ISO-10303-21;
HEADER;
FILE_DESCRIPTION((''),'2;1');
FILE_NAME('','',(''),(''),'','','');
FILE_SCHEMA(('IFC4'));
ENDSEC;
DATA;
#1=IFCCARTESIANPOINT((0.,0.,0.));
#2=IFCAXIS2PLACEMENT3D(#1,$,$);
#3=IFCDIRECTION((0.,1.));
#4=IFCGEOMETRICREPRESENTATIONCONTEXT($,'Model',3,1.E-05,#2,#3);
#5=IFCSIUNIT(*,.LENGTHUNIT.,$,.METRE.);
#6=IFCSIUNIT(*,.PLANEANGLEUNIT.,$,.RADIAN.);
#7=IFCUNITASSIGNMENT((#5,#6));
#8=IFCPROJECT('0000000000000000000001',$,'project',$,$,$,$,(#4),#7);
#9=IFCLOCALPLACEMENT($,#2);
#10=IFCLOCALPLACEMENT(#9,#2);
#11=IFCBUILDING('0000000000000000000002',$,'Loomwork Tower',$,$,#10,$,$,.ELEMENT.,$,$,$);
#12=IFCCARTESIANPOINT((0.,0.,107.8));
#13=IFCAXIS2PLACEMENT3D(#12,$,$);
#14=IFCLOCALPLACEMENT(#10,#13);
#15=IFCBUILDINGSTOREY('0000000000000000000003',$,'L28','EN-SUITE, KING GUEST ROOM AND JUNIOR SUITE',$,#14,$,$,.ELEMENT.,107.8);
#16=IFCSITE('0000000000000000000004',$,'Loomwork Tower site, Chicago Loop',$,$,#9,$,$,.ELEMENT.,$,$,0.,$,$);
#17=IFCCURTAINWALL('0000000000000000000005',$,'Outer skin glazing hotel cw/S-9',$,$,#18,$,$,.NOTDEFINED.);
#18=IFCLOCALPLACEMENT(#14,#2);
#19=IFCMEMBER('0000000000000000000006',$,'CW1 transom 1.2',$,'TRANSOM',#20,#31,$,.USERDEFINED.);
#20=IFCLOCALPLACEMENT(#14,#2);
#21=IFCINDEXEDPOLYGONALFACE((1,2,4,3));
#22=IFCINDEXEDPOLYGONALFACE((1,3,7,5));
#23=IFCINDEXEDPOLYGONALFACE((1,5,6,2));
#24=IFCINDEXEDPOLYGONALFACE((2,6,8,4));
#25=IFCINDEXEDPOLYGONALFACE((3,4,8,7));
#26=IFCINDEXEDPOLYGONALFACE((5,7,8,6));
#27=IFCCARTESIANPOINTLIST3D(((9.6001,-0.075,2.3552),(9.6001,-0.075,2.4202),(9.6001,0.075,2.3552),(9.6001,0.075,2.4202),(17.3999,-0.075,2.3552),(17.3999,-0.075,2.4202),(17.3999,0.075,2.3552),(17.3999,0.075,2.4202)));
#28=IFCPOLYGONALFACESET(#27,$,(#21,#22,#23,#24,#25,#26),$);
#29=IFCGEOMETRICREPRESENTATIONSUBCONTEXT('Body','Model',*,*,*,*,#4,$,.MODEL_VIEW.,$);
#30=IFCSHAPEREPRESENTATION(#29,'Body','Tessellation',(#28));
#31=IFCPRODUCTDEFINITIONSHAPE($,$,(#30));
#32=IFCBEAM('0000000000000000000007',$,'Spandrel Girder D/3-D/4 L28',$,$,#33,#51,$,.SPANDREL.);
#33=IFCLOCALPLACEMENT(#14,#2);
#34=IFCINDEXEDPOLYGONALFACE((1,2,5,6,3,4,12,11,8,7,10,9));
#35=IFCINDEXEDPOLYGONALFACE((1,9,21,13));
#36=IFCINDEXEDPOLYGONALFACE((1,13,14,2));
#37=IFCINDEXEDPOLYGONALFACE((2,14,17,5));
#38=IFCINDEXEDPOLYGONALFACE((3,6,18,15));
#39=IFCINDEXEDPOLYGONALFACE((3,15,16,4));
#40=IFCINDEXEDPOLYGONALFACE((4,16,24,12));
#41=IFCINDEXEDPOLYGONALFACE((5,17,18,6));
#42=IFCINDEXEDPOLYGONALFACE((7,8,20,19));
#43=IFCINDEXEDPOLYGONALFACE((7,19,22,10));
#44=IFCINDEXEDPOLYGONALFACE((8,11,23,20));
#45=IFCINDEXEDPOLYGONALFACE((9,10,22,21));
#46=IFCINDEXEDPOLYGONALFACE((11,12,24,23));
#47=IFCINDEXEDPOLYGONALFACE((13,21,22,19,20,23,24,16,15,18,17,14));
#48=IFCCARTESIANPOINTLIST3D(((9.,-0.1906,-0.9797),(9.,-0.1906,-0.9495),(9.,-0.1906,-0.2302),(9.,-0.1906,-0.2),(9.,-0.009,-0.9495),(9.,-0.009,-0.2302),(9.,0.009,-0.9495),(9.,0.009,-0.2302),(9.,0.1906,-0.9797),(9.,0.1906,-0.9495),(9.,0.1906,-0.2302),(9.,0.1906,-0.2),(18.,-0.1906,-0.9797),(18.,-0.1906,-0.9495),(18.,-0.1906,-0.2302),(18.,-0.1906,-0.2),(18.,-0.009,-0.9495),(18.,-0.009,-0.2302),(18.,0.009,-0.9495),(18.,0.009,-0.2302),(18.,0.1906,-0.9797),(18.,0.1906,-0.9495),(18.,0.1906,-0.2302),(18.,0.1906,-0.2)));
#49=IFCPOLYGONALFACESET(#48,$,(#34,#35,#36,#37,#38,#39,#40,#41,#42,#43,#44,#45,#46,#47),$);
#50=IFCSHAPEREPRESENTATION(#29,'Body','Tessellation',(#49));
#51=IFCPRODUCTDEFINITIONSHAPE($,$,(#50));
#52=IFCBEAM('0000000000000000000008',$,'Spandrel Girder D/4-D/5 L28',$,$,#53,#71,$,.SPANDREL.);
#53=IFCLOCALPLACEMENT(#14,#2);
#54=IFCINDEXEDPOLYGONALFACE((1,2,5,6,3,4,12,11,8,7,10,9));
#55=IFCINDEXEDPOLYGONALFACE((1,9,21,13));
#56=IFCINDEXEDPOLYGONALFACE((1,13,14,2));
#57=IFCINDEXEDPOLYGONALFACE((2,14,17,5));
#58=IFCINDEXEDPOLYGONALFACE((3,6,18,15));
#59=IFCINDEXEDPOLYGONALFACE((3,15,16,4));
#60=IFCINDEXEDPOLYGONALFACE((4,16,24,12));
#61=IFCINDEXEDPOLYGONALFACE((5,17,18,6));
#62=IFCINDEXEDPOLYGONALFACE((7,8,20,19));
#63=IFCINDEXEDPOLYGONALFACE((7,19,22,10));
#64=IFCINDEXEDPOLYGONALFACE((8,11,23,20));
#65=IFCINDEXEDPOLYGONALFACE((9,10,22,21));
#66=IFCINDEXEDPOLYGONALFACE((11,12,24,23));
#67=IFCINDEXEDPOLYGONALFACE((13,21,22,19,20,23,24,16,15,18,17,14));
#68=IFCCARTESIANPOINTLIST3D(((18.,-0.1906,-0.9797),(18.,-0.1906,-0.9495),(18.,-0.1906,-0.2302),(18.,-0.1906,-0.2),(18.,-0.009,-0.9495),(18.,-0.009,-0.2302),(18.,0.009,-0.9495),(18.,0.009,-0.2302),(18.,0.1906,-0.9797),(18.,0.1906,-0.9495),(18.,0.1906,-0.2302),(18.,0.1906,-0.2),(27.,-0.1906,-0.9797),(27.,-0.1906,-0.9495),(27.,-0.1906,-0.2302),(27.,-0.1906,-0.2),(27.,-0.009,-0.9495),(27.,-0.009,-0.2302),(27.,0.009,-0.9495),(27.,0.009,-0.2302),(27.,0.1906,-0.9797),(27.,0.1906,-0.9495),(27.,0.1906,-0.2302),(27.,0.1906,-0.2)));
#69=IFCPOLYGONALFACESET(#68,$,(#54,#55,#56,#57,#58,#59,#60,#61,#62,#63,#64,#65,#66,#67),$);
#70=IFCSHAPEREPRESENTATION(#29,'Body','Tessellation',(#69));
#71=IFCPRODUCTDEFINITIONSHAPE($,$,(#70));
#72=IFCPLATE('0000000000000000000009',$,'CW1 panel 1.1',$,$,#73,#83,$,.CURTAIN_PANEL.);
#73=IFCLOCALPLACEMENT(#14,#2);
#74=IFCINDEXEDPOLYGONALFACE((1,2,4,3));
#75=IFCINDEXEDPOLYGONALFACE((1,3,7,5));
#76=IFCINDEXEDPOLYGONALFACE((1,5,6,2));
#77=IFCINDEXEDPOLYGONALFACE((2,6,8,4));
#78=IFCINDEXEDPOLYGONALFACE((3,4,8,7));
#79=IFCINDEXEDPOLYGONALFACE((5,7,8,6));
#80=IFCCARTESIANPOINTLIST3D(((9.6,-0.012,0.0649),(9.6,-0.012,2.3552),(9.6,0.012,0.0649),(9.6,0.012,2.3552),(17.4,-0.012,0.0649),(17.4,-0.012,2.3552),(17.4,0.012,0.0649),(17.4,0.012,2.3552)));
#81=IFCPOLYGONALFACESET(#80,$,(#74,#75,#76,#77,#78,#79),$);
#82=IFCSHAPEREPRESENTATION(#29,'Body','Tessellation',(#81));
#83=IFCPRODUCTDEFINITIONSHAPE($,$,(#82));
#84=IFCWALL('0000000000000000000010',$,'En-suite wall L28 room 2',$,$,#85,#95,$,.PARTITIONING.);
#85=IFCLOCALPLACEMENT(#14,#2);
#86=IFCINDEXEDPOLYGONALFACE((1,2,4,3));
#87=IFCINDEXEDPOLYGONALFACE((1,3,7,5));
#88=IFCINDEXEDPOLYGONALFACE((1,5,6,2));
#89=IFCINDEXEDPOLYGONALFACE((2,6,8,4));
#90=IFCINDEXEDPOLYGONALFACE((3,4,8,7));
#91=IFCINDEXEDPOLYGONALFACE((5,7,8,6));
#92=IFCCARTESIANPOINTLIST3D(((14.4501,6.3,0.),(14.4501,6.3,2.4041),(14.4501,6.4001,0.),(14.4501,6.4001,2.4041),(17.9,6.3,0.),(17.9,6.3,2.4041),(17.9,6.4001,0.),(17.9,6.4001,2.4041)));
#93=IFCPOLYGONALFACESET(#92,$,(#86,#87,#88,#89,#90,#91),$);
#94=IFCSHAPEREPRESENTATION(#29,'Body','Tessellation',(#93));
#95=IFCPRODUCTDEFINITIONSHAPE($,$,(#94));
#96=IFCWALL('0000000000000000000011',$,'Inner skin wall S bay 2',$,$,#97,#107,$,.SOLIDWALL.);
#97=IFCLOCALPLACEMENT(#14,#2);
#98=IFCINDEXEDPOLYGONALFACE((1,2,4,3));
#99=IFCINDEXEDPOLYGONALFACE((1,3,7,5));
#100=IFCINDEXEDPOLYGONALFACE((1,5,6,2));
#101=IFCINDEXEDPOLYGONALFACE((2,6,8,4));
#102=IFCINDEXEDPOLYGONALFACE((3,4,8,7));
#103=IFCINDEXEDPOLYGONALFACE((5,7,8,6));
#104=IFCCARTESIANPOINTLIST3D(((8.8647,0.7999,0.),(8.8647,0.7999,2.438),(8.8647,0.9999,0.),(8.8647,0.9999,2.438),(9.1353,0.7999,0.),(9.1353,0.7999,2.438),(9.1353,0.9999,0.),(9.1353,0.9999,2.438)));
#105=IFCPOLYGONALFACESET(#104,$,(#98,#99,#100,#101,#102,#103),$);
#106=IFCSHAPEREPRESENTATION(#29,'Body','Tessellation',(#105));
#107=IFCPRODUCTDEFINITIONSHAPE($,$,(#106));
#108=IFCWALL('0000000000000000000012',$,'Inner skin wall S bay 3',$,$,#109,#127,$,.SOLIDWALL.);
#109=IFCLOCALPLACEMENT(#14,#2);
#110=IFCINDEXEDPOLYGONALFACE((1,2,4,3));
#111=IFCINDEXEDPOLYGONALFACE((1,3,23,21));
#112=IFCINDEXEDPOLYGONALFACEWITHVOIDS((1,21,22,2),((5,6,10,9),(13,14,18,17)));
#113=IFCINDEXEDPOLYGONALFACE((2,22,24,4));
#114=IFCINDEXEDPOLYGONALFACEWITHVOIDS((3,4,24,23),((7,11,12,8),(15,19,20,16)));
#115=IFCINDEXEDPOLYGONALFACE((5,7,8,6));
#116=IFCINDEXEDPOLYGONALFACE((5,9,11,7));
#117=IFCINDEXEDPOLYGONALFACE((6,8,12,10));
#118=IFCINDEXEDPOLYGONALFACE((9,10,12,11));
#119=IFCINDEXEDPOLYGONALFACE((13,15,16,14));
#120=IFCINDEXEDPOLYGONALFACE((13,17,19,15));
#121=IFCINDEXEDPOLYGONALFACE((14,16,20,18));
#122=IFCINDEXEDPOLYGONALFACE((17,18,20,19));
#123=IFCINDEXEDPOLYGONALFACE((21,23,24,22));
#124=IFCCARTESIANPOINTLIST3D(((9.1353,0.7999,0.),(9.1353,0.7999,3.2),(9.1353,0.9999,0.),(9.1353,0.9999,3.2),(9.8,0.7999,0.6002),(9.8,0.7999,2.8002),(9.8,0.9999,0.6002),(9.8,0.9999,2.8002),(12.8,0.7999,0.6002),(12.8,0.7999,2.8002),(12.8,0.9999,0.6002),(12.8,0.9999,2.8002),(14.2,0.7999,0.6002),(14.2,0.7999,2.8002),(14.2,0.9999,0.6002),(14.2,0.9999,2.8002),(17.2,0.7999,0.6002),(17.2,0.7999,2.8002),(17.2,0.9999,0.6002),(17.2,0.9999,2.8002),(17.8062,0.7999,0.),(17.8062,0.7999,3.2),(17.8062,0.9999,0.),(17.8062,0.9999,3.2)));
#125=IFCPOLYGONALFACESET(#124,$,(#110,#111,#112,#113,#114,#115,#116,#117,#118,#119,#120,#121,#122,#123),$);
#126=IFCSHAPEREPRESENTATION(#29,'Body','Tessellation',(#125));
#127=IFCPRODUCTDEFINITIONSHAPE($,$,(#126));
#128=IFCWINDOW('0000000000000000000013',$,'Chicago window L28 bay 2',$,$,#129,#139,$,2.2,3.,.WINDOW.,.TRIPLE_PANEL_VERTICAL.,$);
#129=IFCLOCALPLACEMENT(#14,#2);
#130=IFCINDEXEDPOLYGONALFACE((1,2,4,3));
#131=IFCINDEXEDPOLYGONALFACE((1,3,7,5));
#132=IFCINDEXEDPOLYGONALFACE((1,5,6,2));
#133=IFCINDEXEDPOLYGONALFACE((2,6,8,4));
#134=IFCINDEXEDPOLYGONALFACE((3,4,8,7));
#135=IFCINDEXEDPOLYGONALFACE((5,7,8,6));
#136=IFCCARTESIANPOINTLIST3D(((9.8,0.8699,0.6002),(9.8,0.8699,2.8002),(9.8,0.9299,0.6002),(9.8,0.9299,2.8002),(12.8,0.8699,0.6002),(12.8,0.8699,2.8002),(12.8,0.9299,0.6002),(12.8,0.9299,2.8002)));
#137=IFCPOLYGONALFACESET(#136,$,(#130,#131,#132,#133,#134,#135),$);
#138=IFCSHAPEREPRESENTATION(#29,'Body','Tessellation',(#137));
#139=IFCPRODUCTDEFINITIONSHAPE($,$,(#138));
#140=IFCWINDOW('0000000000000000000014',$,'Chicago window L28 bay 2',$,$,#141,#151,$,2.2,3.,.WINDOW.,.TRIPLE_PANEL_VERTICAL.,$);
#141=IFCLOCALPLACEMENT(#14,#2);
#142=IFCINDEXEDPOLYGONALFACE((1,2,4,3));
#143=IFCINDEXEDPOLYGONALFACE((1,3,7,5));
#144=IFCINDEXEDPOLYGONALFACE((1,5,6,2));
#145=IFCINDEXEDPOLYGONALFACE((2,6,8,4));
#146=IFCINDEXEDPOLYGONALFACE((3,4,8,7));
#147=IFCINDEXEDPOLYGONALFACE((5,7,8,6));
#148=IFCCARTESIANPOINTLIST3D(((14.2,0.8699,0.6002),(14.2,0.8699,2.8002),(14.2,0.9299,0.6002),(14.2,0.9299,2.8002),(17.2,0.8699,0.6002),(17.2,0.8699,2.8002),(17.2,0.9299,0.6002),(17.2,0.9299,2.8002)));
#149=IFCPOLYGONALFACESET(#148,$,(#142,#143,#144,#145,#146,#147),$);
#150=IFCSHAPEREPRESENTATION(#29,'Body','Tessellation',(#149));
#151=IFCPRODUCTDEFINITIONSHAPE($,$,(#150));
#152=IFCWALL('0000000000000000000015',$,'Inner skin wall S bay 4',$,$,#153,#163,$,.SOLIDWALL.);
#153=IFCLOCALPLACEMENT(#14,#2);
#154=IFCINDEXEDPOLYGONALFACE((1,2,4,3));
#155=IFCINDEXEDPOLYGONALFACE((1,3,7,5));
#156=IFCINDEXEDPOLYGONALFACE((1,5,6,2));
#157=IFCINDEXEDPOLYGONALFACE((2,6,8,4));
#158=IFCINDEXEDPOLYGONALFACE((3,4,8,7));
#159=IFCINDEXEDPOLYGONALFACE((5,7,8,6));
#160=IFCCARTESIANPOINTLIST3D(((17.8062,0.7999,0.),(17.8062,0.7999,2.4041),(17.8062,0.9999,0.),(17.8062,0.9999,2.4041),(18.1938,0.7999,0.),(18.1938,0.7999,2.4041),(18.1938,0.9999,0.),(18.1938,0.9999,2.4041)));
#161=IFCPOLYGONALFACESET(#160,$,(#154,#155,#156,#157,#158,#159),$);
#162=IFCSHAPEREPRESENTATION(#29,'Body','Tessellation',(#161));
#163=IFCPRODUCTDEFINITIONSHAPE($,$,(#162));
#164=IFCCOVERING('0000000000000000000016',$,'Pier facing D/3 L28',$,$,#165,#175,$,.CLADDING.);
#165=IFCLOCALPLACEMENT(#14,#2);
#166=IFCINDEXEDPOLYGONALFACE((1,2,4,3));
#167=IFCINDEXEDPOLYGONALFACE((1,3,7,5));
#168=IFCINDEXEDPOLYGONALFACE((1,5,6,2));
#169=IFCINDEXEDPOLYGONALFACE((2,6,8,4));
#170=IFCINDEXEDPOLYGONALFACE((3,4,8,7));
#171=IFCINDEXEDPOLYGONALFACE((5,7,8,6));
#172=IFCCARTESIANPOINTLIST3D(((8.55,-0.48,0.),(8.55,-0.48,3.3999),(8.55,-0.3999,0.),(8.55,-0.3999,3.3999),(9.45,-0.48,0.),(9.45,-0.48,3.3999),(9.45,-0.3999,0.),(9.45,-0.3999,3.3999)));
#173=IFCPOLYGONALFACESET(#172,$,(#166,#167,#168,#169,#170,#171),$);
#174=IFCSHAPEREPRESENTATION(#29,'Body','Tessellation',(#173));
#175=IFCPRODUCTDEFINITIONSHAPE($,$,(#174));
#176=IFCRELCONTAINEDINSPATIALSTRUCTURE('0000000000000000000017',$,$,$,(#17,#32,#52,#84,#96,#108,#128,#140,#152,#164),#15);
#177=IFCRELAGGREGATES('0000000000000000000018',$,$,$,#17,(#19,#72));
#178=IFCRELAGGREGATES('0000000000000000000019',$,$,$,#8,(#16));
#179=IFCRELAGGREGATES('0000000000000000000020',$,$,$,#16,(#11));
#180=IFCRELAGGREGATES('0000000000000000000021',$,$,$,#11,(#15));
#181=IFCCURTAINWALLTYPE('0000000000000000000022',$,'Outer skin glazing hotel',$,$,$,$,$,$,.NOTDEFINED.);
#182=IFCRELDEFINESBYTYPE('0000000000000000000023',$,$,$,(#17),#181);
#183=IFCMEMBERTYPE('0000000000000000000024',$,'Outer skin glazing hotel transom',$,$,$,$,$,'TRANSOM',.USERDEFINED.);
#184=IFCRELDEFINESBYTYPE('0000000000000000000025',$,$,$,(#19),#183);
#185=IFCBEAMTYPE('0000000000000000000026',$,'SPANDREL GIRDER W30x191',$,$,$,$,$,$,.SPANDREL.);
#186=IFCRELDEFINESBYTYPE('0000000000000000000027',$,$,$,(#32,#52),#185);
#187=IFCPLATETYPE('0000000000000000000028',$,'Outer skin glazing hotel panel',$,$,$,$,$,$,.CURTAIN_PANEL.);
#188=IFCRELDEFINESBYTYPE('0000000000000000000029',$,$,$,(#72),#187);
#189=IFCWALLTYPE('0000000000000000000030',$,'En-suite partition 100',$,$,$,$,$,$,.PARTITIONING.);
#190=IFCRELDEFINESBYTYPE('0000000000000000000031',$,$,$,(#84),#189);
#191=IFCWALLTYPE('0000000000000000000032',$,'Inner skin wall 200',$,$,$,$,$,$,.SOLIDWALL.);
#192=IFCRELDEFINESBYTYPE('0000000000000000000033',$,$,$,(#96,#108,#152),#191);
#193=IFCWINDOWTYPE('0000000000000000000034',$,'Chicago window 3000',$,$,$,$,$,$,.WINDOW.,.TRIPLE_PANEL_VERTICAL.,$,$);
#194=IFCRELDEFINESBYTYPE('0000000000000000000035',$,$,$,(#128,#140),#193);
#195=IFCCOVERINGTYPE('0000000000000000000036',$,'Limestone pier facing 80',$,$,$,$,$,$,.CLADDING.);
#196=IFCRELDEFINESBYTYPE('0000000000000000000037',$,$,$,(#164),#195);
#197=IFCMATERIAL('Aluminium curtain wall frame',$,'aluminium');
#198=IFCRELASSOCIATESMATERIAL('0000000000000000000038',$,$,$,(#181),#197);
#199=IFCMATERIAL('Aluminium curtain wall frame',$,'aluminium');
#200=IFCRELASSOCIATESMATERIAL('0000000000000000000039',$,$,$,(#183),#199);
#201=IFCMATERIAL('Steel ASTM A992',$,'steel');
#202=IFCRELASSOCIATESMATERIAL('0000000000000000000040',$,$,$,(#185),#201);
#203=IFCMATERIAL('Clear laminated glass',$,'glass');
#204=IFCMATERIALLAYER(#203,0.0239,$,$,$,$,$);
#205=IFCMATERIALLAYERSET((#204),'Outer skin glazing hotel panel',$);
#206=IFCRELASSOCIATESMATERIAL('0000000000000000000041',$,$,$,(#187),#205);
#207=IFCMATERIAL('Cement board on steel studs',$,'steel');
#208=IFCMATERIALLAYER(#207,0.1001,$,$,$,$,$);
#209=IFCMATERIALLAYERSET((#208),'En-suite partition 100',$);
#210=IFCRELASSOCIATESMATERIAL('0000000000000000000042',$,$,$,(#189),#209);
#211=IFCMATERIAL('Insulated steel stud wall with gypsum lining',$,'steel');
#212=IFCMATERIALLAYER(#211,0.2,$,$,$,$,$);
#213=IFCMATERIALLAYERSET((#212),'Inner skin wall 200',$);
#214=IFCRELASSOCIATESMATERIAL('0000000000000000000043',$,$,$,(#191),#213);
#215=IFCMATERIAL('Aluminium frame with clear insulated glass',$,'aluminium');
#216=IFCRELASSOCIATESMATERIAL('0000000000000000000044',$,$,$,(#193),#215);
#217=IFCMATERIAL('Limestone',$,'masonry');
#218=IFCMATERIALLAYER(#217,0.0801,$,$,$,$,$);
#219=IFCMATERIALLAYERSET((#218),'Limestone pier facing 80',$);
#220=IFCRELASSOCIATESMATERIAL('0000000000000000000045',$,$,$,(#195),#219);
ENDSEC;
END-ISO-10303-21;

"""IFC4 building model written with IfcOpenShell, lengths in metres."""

from ifc_helpers import new_model, si_unit, direction, frame, frame_2d, origin, origin_2d, place, context, subcontext, project, spatial, rectangle, i_section, extrude, material, layer, layer_set, material_profile, profile_set, type_object, element, fill, aggregate, save


model = new_model("IFC4")

# Units and contexts
model_context = context("Model", 3, precision=1e-05, world=origin(), true_north=direction((0.0, 1.0)))
body_context = subcontext(model_context, "Body", "Model", "MODEL_VIEW")
ifc_project = project(units=[si_unit("LENGTHUNIT", "METRE"), si_unit("PLANEANGLEUNIT", "RADIAN")], contexts=[model_context])

# Site, building, storey
site_placement = place(None, origin())
site = spatial("IfcSite", under=ifc_project, at=site_placement, Name="Loomwork Tower site, Chicago Loop", CompositionType="ELEMENT", RefElevation=0.0)
building_placement = place(site_placement, origin())
building = spatial("IfcBuilding", under=site, at=building_placement, Name="Loomwork Tower", CompositionType="ELEMENT")
storey_placement = place(building_placement, frame((0.0, 0.0, 107.8)))
storey = spatial("IfcBuildingStorey", under=building, at=storey_placement, Name="L28", Description="EN-SUITE, KING GUEST ROOM AND JUNIOR SUITE", CompositionType="ELEMENT", Elevation=107.8)

# Shared definitions
ifc_material_1 = material(Name="Aluminium curtain wall frame", Category="aluminium")
curtain_wall_type = type_object("IfcCurtainWallType", Name="Outer skin glazing hotel", PredefinedType="NOTDEFINED", material=ifc_material_1)

# Curtain wall, member
curtain_wall_1_placement = place(storey_placement, origin())
curtain_wall_1 = element("IfcCurtainWall", 1, at=curtain_wall_1_placement, inside=storey, type_object=curtain_wall_type, Name="Outer skin glazing hotel cw/S-9", PredefinedType="NOTDEFINED")
ifc_material_2 = material(Name="Aluminium curtain wall frame", Category="aluminium")
ifc_material_profile_1 = material_profile(ifc_material_2, rectangle(XDim=0.1499, YDim=0.0649, at=origin_2d()), Name="AL 65x150")
ifc_profile_set_1 = profile_set([ifc_material_profile_1], Name="Aluminium curtain wall frame")
member_type_1 = type_object("IfcMemberType", Name="Outer skin glazing hotel transom", ElementType="TRANSOM", PredefinedType="USERDEFINED", material=ifc_profile_set_1)
member_1_placement = place(storey_placement, frame((9.6001, 0.0, 2.3877), z_axis=(1.0, 0.0, 0.0), x_axis=(0.0, 1.0, 0.0)))
member_1 = element("IfcMember", 2, at=member_1_placement, type_object=member_type_1, Name="CW1 transom 1.2", ObjectType="TRANSOM", PredefinedType="USERDEFINED", context=body_context, shape_type="SweptSolid", body=[
    extrude(rectangle(XDim=0.1499, YDim=0.0649, at=origin_2d()), origin(), (0.0, 0.0, 1.0), 7.7998),
])

# Beams
ifc_material_3 = material(Name="Steel ASTM A992", Category="steel")
ifc_material_profile_2 = material_profile(ifc_material_3, i_section(OverallWidth=0.3811, OverallDepth=0.7798, WebThickness=0.0181, FlangeThickness=0.0303, at=origin_2d()), Name="W30x191")
ifc_profile_set_2 = profile_set([ifc_material_profile_2], Name="Steel ASTM A992")
beam_type_1 = type_object("IfcBeamType", Name="SPANDREL GIRDER W30x191", PredefinedType="SPANDREL", material=ifc_profile_set_2)
for number, where, z_axis, x_axis, name in (
    (3, (9.0, 0.0, -0.5898), (1.0, 0.0, 0.0), (0.0, 1.0, 0.0), "Spandrel Girder D/3-D/4 L28"),
    (4, (18.0, 0.0, -0.5898), (1.0, 0.0, 0.0), (0.0, 1.0, 0.0), "Spandrel Girder D/4-D/5 L28"),
):
    element("IfcBeam", number, at=place(storey_placement, frame(where, z_axis=z_axis, x_axis=x_axis)), inside=storey, type_object=beam_type_1, Name=name, PredefinedType="SPANDREL", context=body_context, shape_type="SweptSolid", body=[
        extrude(i_section(OverallWidth=0.3811, OverallDepth=0.7798, WebThickness=0.0181, FlangeThickness=0.0303, at=origin_2d()), origin(), (0.0, 0.0, 1.0), 9.0),
    ])

# Plate
ifc_material_4 = material(Name="Clear laminated glass", Category="glass")
ifc_layer_1 = layer(ifc_material_4, 0.0239)
ifc_layer_set_1 = layer_set([ifc_layer_1], Name="Outer skin glazing hotel panel")
plate_type = type_object("IfcPlateType", Name="Outer skin glazing hotel panel", PredefinedType="CURTAIN_PANEL", material=ifc_layer_set_1)
plate_placement = place(storey_placement, frame((13.5, 0.0, 0.0649), z_axis=(0.0, 0.0, 1.0), x_axis=(1.0, 0.0, 0.0)))
plate = element("IfcPlate", 5, at=plate_placement, type_object=plate_type, Name="CW1 panel 1.1", PredefinedType="CURTAIN_PANEL", context=body_context, shape_type="SweptSolid", body=[
    extrude(rectangle(XDim=7.8, YDim=0.0239, at=origin_2d()), origin(), (0.0, 0.0, 1.0), 2.2903),
])
aggregate(curtain_wall_1, [member_1, plate])

# Walls
ifc_material_5 = material(Name="Cement board on steel studs", Category="steel")
ifc_layer_2 = layer(ifc_material_5, 0.1001)
ifc_layer_set_2 = layer_set([ifc_layer_2], Name="En-suite partition 100")
wall_type_1 = type_object("IfcWallType", Name="En-suite partition 100", PredefinedType="PARTITIONING", material=ifc_layer_set_2)
wall_1_placement = place(storey_placement, frame((14.45, 6.3501, 0.0), z_axis=(0.0, 0.0, 1.0), x_axis=(1.0, 0.0, 0.0)))
element("IfcWall", 6, at=wall_1_placement, inside=storey, type_object=wall_type_1, Name="En-suite wall L28 room 2", PredefinedType="PARTITIONING", context=body_context, shape_type="SweptSolid", body=[
    extrude(rectangle(XDim=3.45, YDim=0.1001, at=frame_2d((1.7251, 0.0))), origin(), (0.0, 0.0, 1.0), 2.4041),
])
ifc_material_6 = material(Name="Insulated steel stud wall with gypsum lining", Category="steel")
ifc_layer_3 = layer(ifc_material_6, 0.2)
ifc_layer_set_3 = layer_set([ifc_layer_3], Name="Inner skin wall 200")
wall_type_2 = type_object("IfcWallType", Name="Inner skin wall 200", PredefinedType="SOLIDWALL", material=ifc_layer_set_3)
wall_2_placement = place(storey_placement, frame((8.8647, 0.8999, 0.0), z_axis=(0.0, 0.0, 1.0), x_axis=(1.0, 0.0, 0.0)))
element("IfcWall", 7, at=wall_2_placement, inside=storey, type_object=wall_type_2, Name="Inner skin wall S bay 2", PredefinedType="SOLIDWALL", context=body_context, shape_type="SweptSolid", body=[
    extrude(rectangle(XDim=0.2705, YDim=0.2, at=frame_2d((0.1353, 0.0))), origin(), (0.0, 0.0, 1.0), 2.438),
])

# Wall, openings, windows
wall_3_placement = place(storey_placement, frame((9.1353, 0.8999, 0.0), z_axis=(0.0, 0.0, 1.0), x_axis=(1.0, 0.0, 0.0)))
wall_3 = element("IfcWall", 8, at=wall_3_placement, inside=storey, type_object=wall_type_2, Name="Inner skin wall S bay 3", PredefinedType="SOLIDWALL", context=body_context, shape_type="SweptSolid", body=[
    extrude(rectangle(XDim=8.6709, YDim=0.2, at=frame_2d((4.3354, 0.0))), origin(), (0.0, 0.0, 1.0), 3.2),
])
opening_1_placement = place(wall_3_placement, frame((0.6648, 0.0, 0.6001)))
opening_1 = element("IfcOpeningElement", 9, at=opening_1_placement, cuts=wall_3, PredefinedType="OPENING", context=body_context, shape_type="SweptSolid", body=[
    extrude(rectangle(XDim=3.0, YDim=2.2, at=frame_2d((1.5, 1.1001))), frame((0.0, 0.1099, 0.0), z_axis=(0.0, -1.0, 0.0), x_axis=(1.0, 0.0, 0.0)), (0.0, 0.0, 1.0), 0.22),
])
opening_2_placement = place(wall_3_placement, frame((5.0647, 0.0, 0.6001)))
opening_2 = element("IfcOpeningElement", 10, at=opening_2_placement, cuts=wall_3, PredefinedType="OPENING", context=body_context, shape_type="SweptSolid", body=[
    extrude(rectangle(XDim=3.0, YDim=2.2, at=frame_2d((1.5, 1.1001))), frame((0.0, 0.1099, 0.0), z_axis=(0.0, -1.0, 0.0), x_axis=(1.0, 0.0, 0.0)), (0.0, 0.0, 1.0), 0.22),
])
ifc_material_7 = material(Name="Aluminium frame with clear insulated glass", Category="aluminium")
window_type = type_object("IfcWindowType", Name="Chicago window 3000", PartitioningType="TRIPLE_PANEL_VERTICAL", PredefinedType="WINDOW", material=ifc_material_7)
window_1_placement = place(opening_1_placement, origin())
window_1 = element("IfcWindow", 11, at=window_1_placement, inside=storey, type_object=window_type, Name="Chicago window L28 bay 2", OverallHeight=2.2, OverallWidth=3.0, PartitioningType="TRIPLE_PANEL_VERTICAL", PredefinedType="WINDOW", context=body_context, shape_type="SweptSolid", body=[
    extrude(rectangle(XDim=3.0, YDim=2.2, at=frame_2d((1.5, 1.1001))), frame((0.0, 0.03, 0.0), z_axis=(0.0, -1.0, 0.0), x_axis=(1.0, 0.0, 0.0)), (0.0, 0.0, 1.0), 0.0601),
])
fill(opening_1, window_1)
window_2_placement = place(opening_2_placement, origin())
window_2 = element("IfcWindow", 12, at=window_2_placement, inside=storey, type_object=window_type, Name="Chicago window L28 bay 2", OverallHeight=2.2, OverallWidth=3.0, PartitioningType="TRIPLE_PANEL_VERTICAL", PredefinedType="WINDOW", context=body_context, shape_type="SweptSolid", body=[
    extrude(rectangle(XDim=3.0, YDim=2.2, at=frame_2d((1.5, 1.1001))), frame((0.0, 0.03, 0.0), z_axis=(0.0, -1.0, 0.0), x_axis=(1.0, 0.0, 0.0)), (0.0, 0.0, 1.0), 0.0601),
])
fill(opening_2, window_2)

# Wall
wall_4_placement = place(storey_placement, frame((17.8062, 0.8999, 0.0), z_axis=(0.0, 0.0, 1.0), x_axis=(1.0, 0.0, 0.0)))
element("IfcWall", 13, at=wall_4_placement, inside=storey, type_object=wall_type_2, Name="Inner skin wall S bay 4", PredefinedType="SOLIDWALL", context=body_context, shape_type="SweptSolid", body=[
    extrude(rectangle(XDim=0.3877, YDim=0.2, at=frame_2d((0.1938, 0.0))), origin(), (0.0, 0.0, 1.0), 2.4041),
])

# Covering
ifc_material_8 = material(Name="Limestone", Category="masonry")
ifc_layer_4 = layer(ifc_material_8, 0.0801)
ifc_layer_set_4 = layer_set([ifc_layer_4], Name="Limestone pier facing 80")
covering_type = type_object("IfcCoveringType", Name="Limestone pier facing 80", PredefinedType="CLADDING", material=ifc_layer_set_4)
for number, where, z_axis, x_axis, name in (
    (14, (9.0, -0.4399, 0.0), (0.0, 0.0, 1.0), (1.0, 0.0, 0.0), "Pier facing D/3 L28"),
):
    element("IfcCovering", number, at=place(storey_placement, frame(where, z_axis=z_axis, x_axis=x_axis)), inside=storey, type_object=covering_type, Name=name, PredefinedType="CLADDING", context=body_context, shape_type="SweptSolid", body=[
        extrude(rectangle(XDim=0.8999, YDim=0.0801, at=origin_2d()), origin(), (0.0, 0.0, 1.0), 3.3999),
    ])

save(model, "model.ifc")
